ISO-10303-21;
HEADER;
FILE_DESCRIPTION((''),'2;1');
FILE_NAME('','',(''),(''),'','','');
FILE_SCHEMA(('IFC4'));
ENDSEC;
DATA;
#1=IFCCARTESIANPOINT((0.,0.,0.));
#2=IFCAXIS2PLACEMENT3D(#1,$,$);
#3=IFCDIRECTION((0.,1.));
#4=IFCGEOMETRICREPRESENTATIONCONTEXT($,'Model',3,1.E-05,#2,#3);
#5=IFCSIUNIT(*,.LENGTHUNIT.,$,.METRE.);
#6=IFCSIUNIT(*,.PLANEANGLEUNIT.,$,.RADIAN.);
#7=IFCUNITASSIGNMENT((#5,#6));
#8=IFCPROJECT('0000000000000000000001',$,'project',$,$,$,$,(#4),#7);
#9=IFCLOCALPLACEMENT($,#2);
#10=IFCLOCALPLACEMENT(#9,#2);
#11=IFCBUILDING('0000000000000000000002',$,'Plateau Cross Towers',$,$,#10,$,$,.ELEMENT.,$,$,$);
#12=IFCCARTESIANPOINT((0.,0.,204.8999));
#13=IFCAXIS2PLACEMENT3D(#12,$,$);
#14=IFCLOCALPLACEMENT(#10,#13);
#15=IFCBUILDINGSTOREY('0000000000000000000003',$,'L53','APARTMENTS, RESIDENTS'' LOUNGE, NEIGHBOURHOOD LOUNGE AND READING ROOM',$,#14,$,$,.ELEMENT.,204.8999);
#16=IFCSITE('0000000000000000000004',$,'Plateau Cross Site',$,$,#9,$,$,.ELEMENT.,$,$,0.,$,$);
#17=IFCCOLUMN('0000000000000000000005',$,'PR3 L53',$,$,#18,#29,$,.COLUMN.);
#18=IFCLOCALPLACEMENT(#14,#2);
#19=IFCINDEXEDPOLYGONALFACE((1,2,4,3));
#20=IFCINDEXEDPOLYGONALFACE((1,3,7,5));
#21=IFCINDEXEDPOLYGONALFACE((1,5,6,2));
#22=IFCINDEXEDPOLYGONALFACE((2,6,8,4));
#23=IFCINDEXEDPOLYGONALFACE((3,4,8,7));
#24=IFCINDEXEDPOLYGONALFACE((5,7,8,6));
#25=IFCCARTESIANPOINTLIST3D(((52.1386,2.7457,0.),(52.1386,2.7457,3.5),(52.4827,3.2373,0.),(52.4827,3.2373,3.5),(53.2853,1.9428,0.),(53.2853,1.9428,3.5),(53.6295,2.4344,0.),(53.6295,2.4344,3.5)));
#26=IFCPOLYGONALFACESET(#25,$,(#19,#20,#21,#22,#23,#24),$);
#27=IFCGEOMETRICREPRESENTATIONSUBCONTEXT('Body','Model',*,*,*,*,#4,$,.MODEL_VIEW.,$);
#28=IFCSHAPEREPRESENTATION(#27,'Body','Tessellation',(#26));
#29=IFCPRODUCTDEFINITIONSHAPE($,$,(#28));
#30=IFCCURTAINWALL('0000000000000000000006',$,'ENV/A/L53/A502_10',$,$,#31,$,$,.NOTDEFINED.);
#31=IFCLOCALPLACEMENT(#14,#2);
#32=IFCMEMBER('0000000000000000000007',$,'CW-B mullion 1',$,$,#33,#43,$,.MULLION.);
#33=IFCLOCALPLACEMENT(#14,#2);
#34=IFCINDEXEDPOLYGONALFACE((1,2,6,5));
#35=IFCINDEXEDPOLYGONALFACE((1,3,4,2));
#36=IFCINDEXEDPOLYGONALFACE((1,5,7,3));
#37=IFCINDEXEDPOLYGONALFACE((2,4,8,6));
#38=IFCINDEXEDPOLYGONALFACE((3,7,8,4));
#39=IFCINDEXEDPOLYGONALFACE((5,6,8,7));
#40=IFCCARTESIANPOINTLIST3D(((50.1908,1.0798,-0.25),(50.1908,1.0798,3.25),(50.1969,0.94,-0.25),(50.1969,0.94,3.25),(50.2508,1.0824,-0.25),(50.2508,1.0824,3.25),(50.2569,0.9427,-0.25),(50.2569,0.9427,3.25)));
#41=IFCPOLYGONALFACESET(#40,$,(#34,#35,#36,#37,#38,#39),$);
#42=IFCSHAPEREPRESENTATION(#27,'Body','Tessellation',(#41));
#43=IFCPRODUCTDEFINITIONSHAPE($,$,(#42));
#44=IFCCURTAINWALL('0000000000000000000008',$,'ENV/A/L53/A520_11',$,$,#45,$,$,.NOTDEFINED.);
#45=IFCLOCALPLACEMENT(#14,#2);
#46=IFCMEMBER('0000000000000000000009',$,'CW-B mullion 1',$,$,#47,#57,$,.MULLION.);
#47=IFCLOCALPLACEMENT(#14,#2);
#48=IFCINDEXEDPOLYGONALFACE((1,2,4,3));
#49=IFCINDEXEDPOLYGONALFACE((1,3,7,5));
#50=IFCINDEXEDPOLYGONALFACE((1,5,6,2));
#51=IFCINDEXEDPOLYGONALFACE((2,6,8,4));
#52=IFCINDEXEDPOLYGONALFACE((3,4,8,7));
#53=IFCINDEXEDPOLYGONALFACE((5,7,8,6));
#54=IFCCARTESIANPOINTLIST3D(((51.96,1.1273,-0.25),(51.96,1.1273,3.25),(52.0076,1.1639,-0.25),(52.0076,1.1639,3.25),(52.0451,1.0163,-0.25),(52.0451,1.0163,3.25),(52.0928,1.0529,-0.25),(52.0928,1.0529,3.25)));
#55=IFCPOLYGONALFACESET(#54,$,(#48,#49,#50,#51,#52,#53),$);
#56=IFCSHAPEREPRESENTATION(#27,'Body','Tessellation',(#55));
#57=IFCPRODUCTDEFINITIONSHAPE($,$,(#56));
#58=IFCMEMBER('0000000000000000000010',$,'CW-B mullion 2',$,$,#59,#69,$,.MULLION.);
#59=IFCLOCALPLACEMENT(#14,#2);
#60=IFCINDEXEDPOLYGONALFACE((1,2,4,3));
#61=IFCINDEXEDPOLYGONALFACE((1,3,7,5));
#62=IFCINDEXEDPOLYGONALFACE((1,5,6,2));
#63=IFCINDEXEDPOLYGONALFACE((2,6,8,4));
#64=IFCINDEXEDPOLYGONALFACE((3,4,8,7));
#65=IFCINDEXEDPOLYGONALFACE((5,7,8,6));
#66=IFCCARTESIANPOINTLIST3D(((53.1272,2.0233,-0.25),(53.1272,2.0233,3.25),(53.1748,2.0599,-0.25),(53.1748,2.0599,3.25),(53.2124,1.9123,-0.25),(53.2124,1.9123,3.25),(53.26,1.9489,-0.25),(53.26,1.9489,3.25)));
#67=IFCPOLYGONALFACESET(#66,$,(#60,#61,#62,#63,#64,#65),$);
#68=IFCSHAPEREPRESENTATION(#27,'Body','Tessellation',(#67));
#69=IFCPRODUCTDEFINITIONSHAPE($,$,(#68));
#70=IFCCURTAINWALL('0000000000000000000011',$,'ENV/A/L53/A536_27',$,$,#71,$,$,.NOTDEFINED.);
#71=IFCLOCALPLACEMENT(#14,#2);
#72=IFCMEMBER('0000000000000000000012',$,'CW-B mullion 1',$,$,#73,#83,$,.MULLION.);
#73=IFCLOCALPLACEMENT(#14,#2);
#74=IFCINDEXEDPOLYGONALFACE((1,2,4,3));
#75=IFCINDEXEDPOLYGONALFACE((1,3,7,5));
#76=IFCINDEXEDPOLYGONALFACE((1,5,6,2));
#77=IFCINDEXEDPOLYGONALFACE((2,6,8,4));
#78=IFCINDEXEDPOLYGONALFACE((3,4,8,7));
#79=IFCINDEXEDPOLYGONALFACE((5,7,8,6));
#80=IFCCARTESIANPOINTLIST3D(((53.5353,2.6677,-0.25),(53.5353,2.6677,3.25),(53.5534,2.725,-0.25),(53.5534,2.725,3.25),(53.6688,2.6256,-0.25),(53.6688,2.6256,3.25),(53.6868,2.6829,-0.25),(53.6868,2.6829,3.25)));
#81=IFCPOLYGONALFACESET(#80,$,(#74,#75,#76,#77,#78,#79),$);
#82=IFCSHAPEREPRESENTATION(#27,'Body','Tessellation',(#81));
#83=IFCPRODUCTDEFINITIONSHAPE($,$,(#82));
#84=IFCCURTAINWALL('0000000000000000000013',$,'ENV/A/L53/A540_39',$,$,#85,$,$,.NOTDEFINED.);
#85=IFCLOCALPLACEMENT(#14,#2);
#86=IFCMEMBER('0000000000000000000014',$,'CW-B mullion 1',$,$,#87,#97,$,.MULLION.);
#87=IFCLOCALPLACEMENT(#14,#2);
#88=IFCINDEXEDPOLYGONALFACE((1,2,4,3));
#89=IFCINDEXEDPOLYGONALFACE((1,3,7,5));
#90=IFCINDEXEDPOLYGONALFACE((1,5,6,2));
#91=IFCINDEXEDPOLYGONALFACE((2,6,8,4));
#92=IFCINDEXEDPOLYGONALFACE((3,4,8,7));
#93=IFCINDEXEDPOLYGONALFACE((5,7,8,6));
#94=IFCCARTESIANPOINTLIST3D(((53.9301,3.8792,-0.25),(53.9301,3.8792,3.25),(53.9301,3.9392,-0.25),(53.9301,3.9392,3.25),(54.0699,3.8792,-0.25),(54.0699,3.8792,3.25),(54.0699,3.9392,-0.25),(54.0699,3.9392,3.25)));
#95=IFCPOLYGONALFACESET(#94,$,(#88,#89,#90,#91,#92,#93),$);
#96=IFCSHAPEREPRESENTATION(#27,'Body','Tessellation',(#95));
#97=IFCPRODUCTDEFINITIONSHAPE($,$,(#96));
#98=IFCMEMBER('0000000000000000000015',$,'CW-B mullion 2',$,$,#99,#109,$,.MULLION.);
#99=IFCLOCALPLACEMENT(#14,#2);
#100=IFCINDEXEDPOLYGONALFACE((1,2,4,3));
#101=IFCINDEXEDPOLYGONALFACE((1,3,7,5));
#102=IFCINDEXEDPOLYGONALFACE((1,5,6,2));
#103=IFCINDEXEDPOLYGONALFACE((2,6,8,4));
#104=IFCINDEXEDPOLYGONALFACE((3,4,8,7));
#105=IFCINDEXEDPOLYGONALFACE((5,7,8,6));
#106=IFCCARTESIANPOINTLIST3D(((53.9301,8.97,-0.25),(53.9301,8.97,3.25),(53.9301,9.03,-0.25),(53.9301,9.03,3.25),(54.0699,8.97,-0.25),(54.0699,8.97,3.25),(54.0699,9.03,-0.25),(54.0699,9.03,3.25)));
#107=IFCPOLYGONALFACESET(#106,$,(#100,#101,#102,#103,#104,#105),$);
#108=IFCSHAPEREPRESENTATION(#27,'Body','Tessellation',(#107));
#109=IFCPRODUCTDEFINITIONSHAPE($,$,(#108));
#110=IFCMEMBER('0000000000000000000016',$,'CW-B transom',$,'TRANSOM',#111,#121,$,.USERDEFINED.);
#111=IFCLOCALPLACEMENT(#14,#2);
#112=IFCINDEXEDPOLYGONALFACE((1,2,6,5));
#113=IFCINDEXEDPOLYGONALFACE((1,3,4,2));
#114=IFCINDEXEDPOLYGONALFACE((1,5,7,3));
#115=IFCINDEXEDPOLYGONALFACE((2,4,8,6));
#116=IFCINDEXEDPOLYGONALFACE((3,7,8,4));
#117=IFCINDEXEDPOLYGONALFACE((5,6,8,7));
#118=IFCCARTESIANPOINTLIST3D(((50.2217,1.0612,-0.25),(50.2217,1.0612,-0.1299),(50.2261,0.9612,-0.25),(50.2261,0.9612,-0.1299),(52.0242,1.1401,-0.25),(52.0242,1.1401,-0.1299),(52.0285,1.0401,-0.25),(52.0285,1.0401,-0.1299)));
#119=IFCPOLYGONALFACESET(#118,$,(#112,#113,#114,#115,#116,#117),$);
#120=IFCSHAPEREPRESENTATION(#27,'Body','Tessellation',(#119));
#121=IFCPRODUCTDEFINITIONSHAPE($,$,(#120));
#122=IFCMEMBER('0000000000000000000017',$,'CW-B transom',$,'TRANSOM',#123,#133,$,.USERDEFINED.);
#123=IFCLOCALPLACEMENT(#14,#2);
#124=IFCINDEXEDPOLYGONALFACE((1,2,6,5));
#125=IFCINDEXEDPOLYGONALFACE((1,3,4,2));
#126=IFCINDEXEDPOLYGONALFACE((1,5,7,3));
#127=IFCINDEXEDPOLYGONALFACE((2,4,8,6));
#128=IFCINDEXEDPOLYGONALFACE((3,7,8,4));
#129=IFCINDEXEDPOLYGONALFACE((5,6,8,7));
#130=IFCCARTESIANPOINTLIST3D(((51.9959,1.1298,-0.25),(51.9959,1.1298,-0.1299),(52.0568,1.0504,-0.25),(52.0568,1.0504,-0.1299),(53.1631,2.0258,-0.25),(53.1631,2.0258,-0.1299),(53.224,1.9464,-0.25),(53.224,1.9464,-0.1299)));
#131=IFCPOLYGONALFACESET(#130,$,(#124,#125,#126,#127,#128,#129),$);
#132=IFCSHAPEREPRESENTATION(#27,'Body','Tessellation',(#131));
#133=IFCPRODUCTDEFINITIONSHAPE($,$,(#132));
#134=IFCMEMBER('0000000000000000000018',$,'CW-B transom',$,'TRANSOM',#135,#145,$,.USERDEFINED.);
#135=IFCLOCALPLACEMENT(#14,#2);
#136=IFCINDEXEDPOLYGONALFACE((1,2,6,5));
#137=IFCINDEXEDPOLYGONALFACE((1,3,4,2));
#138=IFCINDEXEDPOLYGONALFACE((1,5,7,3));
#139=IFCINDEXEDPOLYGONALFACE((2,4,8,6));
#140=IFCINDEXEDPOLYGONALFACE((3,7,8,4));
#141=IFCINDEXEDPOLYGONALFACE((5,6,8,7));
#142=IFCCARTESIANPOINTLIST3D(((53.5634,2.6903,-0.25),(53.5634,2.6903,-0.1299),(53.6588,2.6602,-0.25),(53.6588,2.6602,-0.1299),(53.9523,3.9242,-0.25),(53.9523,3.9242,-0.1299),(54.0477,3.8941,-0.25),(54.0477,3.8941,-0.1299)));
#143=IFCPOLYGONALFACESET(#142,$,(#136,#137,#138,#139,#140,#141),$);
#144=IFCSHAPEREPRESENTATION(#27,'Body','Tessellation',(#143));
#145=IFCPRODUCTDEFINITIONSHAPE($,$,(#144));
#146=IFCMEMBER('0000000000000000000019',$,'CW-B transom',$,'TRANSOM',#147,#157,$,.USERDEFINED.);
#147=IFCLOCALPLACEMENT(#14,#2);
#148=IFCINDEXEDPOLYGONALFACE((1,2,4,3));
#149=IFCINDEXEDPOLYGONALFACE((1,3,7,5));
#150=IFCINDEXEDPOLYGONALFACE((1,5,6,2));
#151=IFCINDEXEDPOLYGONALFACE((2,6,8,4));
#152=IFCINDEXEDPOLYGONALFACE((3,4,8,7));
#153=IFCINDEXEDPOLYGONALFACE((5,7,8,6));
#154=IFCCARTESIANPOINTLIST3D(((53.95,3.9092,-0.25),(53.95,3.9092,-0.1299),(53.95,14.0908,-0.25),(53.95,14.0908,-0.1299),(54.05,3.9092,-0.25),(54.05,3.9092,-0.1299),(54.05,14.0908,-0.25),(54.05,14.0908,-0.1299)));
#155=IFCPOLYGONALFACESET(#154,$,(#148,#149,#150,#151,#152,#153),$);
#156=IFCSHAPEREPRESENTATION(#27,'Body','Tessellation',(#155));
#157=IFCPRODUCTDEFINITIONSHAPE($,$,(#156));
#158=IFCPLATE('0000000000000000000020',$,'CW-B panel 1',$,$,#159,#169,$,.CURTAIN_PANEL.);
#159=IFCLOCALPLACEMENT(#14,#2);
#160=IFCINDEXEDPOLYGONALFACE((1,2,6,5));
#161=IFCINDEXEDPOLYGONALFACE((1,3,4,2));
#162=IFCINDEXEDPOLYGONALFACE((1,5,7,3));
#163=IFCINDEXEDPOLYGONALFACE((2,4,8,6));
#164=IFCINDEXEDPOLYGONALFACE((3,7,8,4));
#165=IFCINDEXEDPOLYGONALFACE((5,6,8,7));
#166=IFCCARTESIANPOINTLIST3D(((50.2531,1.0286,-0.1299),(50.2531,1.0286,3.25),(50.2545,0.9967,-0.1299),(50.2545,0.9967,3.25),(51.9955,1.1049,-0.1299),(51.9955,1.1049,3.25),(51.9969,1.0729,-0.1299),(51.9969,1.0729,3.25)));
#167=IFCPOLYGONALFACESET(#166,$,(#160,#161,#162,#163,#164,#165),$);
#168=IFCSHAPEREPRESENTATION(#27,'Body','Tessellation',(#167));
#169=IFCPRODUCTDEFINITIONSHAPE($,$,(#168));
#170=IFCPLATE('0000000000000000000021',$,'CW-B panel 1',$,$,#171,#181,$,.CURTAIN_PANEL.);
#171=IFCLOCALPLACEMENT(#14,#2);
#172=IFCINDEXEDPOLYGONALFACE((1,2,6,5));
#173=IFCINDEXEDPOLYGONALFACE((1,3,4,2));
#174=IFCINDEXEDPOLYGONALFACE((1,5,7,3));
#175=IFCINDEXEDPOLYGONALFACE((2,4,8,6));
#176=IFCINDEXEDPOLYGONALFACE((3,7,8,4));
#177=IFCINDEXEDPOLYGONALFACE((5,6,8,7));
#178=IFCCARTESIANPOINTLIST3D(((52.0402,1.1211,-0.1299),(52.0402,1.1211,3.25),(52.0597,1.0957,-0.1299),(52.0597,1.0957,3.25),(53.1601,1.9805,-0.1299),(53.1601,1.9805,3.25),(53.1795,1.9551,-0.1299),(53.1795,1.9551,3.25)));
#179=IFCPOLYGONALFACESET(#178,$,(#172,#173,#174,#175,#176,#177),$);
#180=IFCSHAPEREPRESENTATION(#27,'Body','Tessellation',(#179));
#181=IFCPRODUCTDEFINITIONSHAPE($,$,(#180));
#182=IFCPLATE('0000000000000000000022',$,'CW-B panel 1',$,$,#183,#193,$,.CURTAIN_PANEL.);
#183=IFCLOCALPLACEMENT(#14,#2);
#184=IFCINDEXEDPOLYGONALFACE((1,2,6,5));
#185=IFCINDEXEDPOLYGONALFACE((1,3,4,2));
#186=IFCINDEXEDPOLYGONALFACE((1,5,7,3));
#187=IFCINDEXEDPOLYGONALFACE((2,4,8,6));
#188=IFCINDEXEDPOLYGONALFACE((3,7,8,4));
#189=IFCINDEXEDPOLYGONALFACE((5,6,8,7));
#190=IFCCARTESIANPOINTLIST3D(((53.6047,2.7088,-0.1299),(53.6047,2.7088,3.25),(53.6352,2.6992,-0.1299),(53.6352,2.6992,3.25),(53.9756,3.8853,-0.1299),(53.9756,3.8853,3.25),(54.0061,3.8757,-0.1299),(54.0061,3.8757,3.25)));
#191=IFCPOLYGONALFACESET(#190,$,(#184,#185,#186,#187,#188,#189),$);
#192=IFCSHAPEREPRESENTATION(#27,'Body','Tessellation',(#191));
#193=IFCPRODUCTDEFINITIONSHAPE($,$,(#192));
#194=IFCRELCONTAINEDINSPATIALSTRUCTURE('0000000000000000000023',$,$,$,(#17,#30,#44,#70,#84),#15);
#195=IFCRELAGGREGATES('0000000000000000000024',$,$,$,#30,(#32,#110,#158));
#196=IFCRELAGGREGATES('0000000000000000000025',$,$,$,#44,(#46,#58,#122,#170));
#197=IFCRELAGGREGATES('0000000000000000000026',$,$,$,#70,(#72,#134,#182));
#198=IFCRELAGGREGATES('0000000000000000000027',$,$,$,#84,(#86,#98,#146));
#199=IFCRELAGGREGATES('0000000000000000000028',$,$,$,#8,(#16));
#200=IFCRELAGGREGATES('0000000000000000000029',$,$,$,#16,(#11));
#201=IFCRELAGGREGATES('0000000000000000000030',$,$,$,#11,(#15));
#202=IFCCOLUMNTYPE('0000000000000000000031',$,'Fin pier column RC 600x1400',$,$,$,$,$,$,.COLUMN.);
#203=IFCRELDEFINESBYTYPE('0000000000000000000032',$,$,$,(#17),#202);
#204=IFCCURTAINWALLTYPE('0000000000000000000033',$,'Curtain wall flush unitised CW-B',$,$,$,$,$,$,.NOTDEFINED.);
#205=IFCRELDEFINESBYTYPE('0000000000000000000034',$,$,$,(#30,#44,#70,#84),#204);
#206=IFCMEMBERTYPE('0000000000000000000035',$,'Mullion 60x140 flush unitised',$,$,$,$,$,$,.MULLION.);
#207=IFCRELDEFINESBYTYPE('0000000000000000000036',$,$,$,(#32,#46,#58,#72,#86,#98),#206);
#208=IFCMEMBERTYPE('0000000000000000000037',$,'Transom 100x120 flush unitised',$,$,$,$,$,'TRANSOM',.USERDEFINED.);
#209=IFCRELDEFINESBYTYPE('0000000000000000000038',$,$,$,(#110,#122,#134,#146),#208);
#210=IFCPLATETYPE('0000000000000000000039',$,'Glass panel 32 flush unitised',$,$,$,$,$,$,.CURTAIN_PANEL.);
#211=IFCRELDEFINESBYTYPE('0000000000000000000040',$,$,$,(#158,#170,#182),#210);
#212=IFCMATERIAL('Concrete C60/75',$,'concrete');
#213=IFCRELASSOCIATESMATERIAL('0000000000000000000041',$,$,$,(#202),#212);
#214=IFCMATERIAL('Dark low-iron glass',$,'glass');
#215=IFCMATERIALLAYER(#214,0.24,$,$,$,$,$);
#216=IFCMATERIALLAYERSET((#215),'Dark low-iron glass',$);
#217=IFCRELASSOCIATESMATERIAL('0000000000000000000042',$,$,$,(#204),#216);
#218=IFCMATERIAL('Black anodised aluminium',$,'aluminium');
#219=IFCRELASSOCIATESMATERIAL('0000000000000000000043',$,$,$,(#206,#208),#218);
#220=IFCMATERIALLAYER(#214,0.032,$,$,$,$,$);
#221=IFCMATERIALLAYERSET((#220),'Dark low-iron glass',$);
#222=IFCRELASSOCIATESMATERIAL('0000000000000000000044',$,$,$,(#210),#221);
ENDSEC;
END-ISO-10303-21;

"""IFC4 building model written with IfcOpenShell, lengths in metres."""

from ifc_helpers import new_model, si_unit, direction, frame, origin, origin_2d, place, context, subcontext, project, spatial, rectangle, extrude, material, layer, layer_set, material_profile, profile_set, type_object, element, aggregate, save


model = new_model("IFC4")

# Units and contexts
model_context = context("Model", 3, precision=1e-05, world=origin(), true_north=direction((0.0, 1.0)))
body_context = subcontext(model_context, "Body", "Model", "MODEL_VIEW")
ifc_project = project(units=[si_unit("LENGTHUNIT", "METRE"), si_unit("PLANEANGLEUNIT", "RADIAN")], contexts=[model_context])

# Site, building, storey
site_placement = place(None, origin())
site = spatial("IfcSite", under=ifc_project, at=site_placement, Name="Plateau Cross Site", CompositionType="ELEMENT", RefElevation=0.0)
building_placement = place(site_placement, origin())
building = spatial("IfcBuilding", under=site, at=building_placement, Name="Plateau Cross Towers", CompositionType="ELEMENT")
storey_placement = place(building_placement, frame((0.0, 0.0, 204.8999)))
storey = spatial("IfcBuildingStorey", under=building, at=storey_placement, Name="L53", Description="APARTMENTS, RESIDENTS' LOUNGE, NEIGHBOURHOOD LOUNGE AND READING ROOM", CompositionType="ELEMENT", Elevation=204.8999)

# Column
ifc_material_1 = material(Name="Concrete C60/75", Category="concrete")
ifc_material_profile_1 = material_profile(ifc_material_1, rectangle(XDim=0.6001, YDim=1.3999, at=origin_2d()), Name="RC 600x1400")
ifc_profile_set_1 = profile_set([ifc_material_profile_1], Name="Concrete C60/75")
column_type = type_object("IfcColumnType", Name="Fin pier column RC 600x1400", PredefinedType="COLUMN", material=ifc_profile_set_1)
column_placement = place(storey_placement, frame((52.884, 2.5901, 0.0), z_axis=(0.0, 0.0, 1.0), x_axis=(0.573543, 0.819176, 0.0)))
element("IfcColumn", 1, at=column_placement, inside=storey, type_object=column_type, Name="PR3 L53", PredefinedType="COLUMN", context=body_context, shape_type="SweptSolid", body=[
    extrude(rectangle(XDim=0.6001, YDim=1.3999, at=origin_2d()), origin(), (0.0, 0.0, 1.0), 3.5),
])

# Curtain wall, member
ifc_material_2 = material(Name="Dark low-iron glass", Category="glass")
ifc_layer_1 = layer(ifc_material_2, 0.24)
ifc_layer_set_1 = layer_set([ifc_layer_1], Name="Dark low-iron glass")
curtain_wall_type_1 = type_object("IfcCurtainWallType", Name="Curtain wall flush unitised CW-B", PredefinedType="NOTDEFINED", material=ifc_layer_set_1)
curtain_wall_1_placement = place(storey_placement, origin())
curtain_wall_1 = element("IfcCurtainWall", 2, at=curtain_wall_1_placement, inside=storey, type_object=curtain_wall_type_1, Name="ENV/A/L53/A502_10", PredefinedType="NOTDEFINED")
ifc_material_3 = material(Name="Black anodised aluminium", Category="aluminium")
ifc_material_profile_2 = material_profile(ifc_material_3, rectangle(XDim=0.0601, YDim=0.1399, at=origin_2d()), Name="MULLION 60x140")
ifc_profile_set_2 = profile_set([ifc_material_profile_2], Name="Black anodised aluminium")
member_type_1 = type_object("IfcMemberType", Name="Mullion 60x140 flush unitised", PredefinedType="MULLION", material=ifc_profile_set_2)
member_1_placement = place(storey_placement, frame((50.2239, 1.0112, -0.25), z_axis=(0.0, 0.0, 1.0), x_axis=(0.999044, 0.043723, 0.0)))
member_1 = element("IfcMember", 3, at=member_1_placement, type_object=member_type_1, Name="CW-B mullion 1", PredefinedType="MULLION", context=body_context, shape_type="SweptSolid", body=[
    extrude(rectangle(XDim=0.0601, YDim=0.1399, at=origin_2d()), origin(), (0.0, 0.0, 1.0), 3.5),
])

# Curtain wall, members
curtain_wall_2_placement = place(storey_placement, origin())
curtain_wall_2 = element("IfcCurtainWall", 4, at=curtain_wall_2_placement, inside=storey, type_object=curtain_wall_type_1, Name="ENV/A/L53/A520_11", PredefinedType="NOTDEFINED")
member_2_placement = place(storey_placement, frame((52.0264, 1.0901, -0.25), z_axis=(0.0, 0.0, 1.0), x_axis=(0.793316, 0.608811, 0.0)))
member_2 = element("IfcMember", 5, at=member_2_placement, type_object=member_type_1, Name="CW-B mullion 1", PredefinedType="MULLION", context=body_context, shape_type="SweptSolid", body=[
    extrude(rectangle(XDim=0.0601, YDim=0.1399, at=origin_2d()), origin(), (0.0, 0.0, 1.0), 3.5),
])
member_3_placement = place(storey_placement, frame((53.1936, 1.9861, -0.25), z_axis=(0.0, 0.0, 1.0), x_axis=(0.793316, 0.608811, 0.0)))
member_3 = element("IfcMember", 6, at=member_3_placement, type_object=member_type_1, Name="CW-B mullion 2", PredefinedType="MULLION", context=body_context, shape_type="SweptSolid", body=[
    extrude(rectangle(XDim=0.0601, YDim=0.1399, at=origin_2d()), origin(), (0.0, 0.0, 1.0), 3.5),
])

# Curtain wall, member
curtain_wall_3_placement = place(storey_placement, origin())
curtain_wall_3 = element("IfcCurtainWall", 7, at=curtain_wall_3_placement, inside=storey, type_object=curtain_wall_type_1, Name="ENV/A/L53/A536_27", PredefinedType="NOTDEFINED")
member_4_placement = place(storey_placement, frame((53.6111, 2.6753, -0.25), z_axis=(0.0, 0.0, 1.0), x_axis=(0.300686, 0.953723, 0.0)))
member_4 = element("IfcMember", 8, at=member_4_placement, type_object=member_type_1, Name="CW-B mullion 1", PredefinedType="MULLION", context=body_context, shape_type="SweptSolid", body=[
    extrude(rectangle(XDim=0.0601, YDim=0.1399, at=origin_2d()), origin(), (0.0, 0.0, 1.0), 3.5),
])

# Curtain wall, members
curtain_wall_4_placement = place(storey_placement, origin())
curtain_wall_4 = element("IfcCurtainWall", 9, at=curtain_wall_4_placement, inside=storey, type_object=curtain_wall_type_1, Name="ENV/A/L53/A540_39", PredefinedType="NOTDEFINED")
member_5_placement = place(storey_placement, frame((54.0, 3.9092, -0.25), z_axis=(0.0, 0.0, 1.0), x_axis=(0.0, 1.0, 0.0)))
member_5 = element("IfcMember", 10, at=member_5_placement, type_object=member_type_1, Name="CW-B mullion 1", PredefinedType="MULLION", context=body_context, shape_type="SweptSolid", body=[
    extrude(rectangle(XDim=0.0601, YDim=0.1399, at=origin_2d()), origin(), (0.0, 0.0, 1.0), 3.5),
])
member_6_placement = place(storey_placement, frame((54.0, 9.0, -0.25), z_axis=(0.0, 0.0, 1.0), x_axis=(0.0, 1.0, 0.0)))
member_6 = element("IfcMember", 11, at=member_6_placement, type_object=member_type_1, Name="CW-B mullion 2", PredefinedType="MULLION", context=body_context, shape_type="SweptSolid", body=[
    extrude(rectangle(XDim=0.0601, YDim=0.1399, at=origin_2d()), origin(), (0.0, 0.0, 1.0), 3.5),
])

# Members
ifc_material_profile_3 = material_profile(ifc_material_3, rectangle(XDim=0.1001, YDim=0.1201, at=origin_2d()), Name="TRANSOM 100x120")
ifc_profile_set_3 = profile_set([ifc_material_profile_3], Name="Black anodised aluminium")
member_type_2 = type_object("IfcMemberType", Name="Transom 100x120 flush unitised", ElementType="TRANSOM", PredefinedType="USERDEFINED", material=ifc_profile_set_3)
member_7_placement = place(storey_placement, frame((50.2239, 1.0112, -0.1899), z_axis=(0.999044, 0.043707, 0.0), x_axis=(-0.043707, 0.999044, 0.0)))
member_7 = element("IfcMember", 12, at=member_7_placement, type_object=member_type_2, Name="CW-B transom", ObjectType="TRANSOM", PredefinedType="USERDEFINED", context=body_context, shape_type="SweptSolid", body=[
    extrude(rectangle(XDim=0.1001, YDim=0.1201, at=origin_2d()), origin(), (0.0, 0.0, 1.0), 1.8042),
])
member_8_placement = place(storey_placement, frame((52.0264, 1.0901, -0.1899), z_axis=(0.79324, 0.608909, 0.0), x_axis=(-0.608909, 0.79324, 0.0)))
member_8 = element("IfcMember", 13, at=member_8_placement, type_object=member_type_2, Name="CW-B transom", ObjectType="TRANSOM", PredefinedType="USERDEFINED", context=body_context, shape_type="SweptSolid", body=[
    extrude(rectangle(XDim=0.1001, YDim=0.1201, at=origin_2d()), origin(), (0.0, 0.0, 1.0), 1.4714),
])
member_9_placement = place(storey_placement, frame((53.6111, 2.6753, -0.1899), z_axis=(0.300617, 0.953745, 0.0), x_axis=(-0.953745, 0.300617, 0.0)))
member_9 = element("IfcMember", 14, at=member_9_placement, type_object=member_type_2, Name="CW-B transom", ObjectType="TRANSOM", PredefinedType="USERDEFINED", context=body_context, shape_type="SweptSolid", body=[
    extrude(rectangle(XDim=0.1001, YDim=0.1201, at=origin_2d()), origin(), (0.0, 0.0, 1.0), 1.2937),
])
member_10_placement = place(storey_placement, frame((54.0, 3.9092, -0.1899), z_axis=(0.0, 1.0, 0.0), x_axis=(-1.0, 0.0, 0.0)))
member_10 = element("IfcMember", 15, at=member_10_placement, type_object=member_type_2, Name="CW-B transom", ObjectType="TRANSOM", PredefinedType="USERDEFINED", context=body_context, shape_type="SweptSolid", body=[
    extrude(rectangle(XDim=0.1001, YDim=0.1201, at=origin_2d()), origin(), (0.0, 0.0, 1.0), 10.1816),
])

# Plates
ifc_layer_2 = layer(ifc_material_2, 0.032)
ifc_layer_set_2 = layer_set([ifc_layer_2], Name="Dark low-iron glass")
plate_type_1 = type_object("IfcPlateType", Name="Glass panel 32 flush unitised", PredefinedType="CURTAIN_PANEL", material=ifc_layer_set_2)
plate_1_placement = place(storey_placement, frame((51.125, 1.0508, -0.1299), z_axis=(0.0, 0.0, 1.0), x_axis=(0.999044, 0.043723, 0.0)))
plate_1 = element("IfcPlate", 16, at=plate_1_placement, type_object=plate_type_1, Name="CW-B panel 1", PredefinedType="CURTAIN_PANEL", context=body_context, shape_type="SweptSolid", body=[
    extrude(rectangle(XDim=1.7441, YDim=0.032, at=origin_2d()), origin(), (0.0, 0.0, 1.0), 3.3799),
])
aggregate(curtain_wall_1, [member_1, member_7, plate_1])
plate_2_placement = place(storey_placement, frame((52.6099, 1.5381, -0.1299), z_axis=(0.0, 0.0, 1.0), x_axis=(0.793316, 0.608811, 0.0)))
plate_2 = element("IfcPlate", 17, at=plate_2_placement, type_object=plate_type_1, Name="CW-B panel 1", PredefinedType="CURTAIN_PANEL", context=body_context, shape_type="SweptSolid", body=[
    extrude(rectangle(XDim=1.4116, YDim=0.032, at=origin_2d()), origin(), (0.0, 0.0, 1.0), 3.3799),
])
aggregate(curtain_wall_2, [member_2, member_3, member_8, plate_2])
plate_3_placement = place(storey_placement, frame((53.8054, 3.2922, -0.1299), z_axis=(0.0, 0.0, 1.0), x_axis=(0.300686, 0.953723, 0.0)))
plate_3 = element("IfcPlate", 18, at=plate_3_placement, type_object=plate_type_1, Name="CW-B panel 1", PredefinedType="CURTAIN_PANEL", context=body_context, shape_type="SweptSolid", body=[
    extrude(rectangle(XDim=1.2336, YDim=0.032, at=origin_2d()), origin(), (0.0, 0.0, 1.0), 3.3799),
])
aggregate(curtain_wall_3, [member_4, member_9, plate_3])
aggregate(curtain_wall_4, [member_5, member_6, member_10])

save(model, "model.ifc")
